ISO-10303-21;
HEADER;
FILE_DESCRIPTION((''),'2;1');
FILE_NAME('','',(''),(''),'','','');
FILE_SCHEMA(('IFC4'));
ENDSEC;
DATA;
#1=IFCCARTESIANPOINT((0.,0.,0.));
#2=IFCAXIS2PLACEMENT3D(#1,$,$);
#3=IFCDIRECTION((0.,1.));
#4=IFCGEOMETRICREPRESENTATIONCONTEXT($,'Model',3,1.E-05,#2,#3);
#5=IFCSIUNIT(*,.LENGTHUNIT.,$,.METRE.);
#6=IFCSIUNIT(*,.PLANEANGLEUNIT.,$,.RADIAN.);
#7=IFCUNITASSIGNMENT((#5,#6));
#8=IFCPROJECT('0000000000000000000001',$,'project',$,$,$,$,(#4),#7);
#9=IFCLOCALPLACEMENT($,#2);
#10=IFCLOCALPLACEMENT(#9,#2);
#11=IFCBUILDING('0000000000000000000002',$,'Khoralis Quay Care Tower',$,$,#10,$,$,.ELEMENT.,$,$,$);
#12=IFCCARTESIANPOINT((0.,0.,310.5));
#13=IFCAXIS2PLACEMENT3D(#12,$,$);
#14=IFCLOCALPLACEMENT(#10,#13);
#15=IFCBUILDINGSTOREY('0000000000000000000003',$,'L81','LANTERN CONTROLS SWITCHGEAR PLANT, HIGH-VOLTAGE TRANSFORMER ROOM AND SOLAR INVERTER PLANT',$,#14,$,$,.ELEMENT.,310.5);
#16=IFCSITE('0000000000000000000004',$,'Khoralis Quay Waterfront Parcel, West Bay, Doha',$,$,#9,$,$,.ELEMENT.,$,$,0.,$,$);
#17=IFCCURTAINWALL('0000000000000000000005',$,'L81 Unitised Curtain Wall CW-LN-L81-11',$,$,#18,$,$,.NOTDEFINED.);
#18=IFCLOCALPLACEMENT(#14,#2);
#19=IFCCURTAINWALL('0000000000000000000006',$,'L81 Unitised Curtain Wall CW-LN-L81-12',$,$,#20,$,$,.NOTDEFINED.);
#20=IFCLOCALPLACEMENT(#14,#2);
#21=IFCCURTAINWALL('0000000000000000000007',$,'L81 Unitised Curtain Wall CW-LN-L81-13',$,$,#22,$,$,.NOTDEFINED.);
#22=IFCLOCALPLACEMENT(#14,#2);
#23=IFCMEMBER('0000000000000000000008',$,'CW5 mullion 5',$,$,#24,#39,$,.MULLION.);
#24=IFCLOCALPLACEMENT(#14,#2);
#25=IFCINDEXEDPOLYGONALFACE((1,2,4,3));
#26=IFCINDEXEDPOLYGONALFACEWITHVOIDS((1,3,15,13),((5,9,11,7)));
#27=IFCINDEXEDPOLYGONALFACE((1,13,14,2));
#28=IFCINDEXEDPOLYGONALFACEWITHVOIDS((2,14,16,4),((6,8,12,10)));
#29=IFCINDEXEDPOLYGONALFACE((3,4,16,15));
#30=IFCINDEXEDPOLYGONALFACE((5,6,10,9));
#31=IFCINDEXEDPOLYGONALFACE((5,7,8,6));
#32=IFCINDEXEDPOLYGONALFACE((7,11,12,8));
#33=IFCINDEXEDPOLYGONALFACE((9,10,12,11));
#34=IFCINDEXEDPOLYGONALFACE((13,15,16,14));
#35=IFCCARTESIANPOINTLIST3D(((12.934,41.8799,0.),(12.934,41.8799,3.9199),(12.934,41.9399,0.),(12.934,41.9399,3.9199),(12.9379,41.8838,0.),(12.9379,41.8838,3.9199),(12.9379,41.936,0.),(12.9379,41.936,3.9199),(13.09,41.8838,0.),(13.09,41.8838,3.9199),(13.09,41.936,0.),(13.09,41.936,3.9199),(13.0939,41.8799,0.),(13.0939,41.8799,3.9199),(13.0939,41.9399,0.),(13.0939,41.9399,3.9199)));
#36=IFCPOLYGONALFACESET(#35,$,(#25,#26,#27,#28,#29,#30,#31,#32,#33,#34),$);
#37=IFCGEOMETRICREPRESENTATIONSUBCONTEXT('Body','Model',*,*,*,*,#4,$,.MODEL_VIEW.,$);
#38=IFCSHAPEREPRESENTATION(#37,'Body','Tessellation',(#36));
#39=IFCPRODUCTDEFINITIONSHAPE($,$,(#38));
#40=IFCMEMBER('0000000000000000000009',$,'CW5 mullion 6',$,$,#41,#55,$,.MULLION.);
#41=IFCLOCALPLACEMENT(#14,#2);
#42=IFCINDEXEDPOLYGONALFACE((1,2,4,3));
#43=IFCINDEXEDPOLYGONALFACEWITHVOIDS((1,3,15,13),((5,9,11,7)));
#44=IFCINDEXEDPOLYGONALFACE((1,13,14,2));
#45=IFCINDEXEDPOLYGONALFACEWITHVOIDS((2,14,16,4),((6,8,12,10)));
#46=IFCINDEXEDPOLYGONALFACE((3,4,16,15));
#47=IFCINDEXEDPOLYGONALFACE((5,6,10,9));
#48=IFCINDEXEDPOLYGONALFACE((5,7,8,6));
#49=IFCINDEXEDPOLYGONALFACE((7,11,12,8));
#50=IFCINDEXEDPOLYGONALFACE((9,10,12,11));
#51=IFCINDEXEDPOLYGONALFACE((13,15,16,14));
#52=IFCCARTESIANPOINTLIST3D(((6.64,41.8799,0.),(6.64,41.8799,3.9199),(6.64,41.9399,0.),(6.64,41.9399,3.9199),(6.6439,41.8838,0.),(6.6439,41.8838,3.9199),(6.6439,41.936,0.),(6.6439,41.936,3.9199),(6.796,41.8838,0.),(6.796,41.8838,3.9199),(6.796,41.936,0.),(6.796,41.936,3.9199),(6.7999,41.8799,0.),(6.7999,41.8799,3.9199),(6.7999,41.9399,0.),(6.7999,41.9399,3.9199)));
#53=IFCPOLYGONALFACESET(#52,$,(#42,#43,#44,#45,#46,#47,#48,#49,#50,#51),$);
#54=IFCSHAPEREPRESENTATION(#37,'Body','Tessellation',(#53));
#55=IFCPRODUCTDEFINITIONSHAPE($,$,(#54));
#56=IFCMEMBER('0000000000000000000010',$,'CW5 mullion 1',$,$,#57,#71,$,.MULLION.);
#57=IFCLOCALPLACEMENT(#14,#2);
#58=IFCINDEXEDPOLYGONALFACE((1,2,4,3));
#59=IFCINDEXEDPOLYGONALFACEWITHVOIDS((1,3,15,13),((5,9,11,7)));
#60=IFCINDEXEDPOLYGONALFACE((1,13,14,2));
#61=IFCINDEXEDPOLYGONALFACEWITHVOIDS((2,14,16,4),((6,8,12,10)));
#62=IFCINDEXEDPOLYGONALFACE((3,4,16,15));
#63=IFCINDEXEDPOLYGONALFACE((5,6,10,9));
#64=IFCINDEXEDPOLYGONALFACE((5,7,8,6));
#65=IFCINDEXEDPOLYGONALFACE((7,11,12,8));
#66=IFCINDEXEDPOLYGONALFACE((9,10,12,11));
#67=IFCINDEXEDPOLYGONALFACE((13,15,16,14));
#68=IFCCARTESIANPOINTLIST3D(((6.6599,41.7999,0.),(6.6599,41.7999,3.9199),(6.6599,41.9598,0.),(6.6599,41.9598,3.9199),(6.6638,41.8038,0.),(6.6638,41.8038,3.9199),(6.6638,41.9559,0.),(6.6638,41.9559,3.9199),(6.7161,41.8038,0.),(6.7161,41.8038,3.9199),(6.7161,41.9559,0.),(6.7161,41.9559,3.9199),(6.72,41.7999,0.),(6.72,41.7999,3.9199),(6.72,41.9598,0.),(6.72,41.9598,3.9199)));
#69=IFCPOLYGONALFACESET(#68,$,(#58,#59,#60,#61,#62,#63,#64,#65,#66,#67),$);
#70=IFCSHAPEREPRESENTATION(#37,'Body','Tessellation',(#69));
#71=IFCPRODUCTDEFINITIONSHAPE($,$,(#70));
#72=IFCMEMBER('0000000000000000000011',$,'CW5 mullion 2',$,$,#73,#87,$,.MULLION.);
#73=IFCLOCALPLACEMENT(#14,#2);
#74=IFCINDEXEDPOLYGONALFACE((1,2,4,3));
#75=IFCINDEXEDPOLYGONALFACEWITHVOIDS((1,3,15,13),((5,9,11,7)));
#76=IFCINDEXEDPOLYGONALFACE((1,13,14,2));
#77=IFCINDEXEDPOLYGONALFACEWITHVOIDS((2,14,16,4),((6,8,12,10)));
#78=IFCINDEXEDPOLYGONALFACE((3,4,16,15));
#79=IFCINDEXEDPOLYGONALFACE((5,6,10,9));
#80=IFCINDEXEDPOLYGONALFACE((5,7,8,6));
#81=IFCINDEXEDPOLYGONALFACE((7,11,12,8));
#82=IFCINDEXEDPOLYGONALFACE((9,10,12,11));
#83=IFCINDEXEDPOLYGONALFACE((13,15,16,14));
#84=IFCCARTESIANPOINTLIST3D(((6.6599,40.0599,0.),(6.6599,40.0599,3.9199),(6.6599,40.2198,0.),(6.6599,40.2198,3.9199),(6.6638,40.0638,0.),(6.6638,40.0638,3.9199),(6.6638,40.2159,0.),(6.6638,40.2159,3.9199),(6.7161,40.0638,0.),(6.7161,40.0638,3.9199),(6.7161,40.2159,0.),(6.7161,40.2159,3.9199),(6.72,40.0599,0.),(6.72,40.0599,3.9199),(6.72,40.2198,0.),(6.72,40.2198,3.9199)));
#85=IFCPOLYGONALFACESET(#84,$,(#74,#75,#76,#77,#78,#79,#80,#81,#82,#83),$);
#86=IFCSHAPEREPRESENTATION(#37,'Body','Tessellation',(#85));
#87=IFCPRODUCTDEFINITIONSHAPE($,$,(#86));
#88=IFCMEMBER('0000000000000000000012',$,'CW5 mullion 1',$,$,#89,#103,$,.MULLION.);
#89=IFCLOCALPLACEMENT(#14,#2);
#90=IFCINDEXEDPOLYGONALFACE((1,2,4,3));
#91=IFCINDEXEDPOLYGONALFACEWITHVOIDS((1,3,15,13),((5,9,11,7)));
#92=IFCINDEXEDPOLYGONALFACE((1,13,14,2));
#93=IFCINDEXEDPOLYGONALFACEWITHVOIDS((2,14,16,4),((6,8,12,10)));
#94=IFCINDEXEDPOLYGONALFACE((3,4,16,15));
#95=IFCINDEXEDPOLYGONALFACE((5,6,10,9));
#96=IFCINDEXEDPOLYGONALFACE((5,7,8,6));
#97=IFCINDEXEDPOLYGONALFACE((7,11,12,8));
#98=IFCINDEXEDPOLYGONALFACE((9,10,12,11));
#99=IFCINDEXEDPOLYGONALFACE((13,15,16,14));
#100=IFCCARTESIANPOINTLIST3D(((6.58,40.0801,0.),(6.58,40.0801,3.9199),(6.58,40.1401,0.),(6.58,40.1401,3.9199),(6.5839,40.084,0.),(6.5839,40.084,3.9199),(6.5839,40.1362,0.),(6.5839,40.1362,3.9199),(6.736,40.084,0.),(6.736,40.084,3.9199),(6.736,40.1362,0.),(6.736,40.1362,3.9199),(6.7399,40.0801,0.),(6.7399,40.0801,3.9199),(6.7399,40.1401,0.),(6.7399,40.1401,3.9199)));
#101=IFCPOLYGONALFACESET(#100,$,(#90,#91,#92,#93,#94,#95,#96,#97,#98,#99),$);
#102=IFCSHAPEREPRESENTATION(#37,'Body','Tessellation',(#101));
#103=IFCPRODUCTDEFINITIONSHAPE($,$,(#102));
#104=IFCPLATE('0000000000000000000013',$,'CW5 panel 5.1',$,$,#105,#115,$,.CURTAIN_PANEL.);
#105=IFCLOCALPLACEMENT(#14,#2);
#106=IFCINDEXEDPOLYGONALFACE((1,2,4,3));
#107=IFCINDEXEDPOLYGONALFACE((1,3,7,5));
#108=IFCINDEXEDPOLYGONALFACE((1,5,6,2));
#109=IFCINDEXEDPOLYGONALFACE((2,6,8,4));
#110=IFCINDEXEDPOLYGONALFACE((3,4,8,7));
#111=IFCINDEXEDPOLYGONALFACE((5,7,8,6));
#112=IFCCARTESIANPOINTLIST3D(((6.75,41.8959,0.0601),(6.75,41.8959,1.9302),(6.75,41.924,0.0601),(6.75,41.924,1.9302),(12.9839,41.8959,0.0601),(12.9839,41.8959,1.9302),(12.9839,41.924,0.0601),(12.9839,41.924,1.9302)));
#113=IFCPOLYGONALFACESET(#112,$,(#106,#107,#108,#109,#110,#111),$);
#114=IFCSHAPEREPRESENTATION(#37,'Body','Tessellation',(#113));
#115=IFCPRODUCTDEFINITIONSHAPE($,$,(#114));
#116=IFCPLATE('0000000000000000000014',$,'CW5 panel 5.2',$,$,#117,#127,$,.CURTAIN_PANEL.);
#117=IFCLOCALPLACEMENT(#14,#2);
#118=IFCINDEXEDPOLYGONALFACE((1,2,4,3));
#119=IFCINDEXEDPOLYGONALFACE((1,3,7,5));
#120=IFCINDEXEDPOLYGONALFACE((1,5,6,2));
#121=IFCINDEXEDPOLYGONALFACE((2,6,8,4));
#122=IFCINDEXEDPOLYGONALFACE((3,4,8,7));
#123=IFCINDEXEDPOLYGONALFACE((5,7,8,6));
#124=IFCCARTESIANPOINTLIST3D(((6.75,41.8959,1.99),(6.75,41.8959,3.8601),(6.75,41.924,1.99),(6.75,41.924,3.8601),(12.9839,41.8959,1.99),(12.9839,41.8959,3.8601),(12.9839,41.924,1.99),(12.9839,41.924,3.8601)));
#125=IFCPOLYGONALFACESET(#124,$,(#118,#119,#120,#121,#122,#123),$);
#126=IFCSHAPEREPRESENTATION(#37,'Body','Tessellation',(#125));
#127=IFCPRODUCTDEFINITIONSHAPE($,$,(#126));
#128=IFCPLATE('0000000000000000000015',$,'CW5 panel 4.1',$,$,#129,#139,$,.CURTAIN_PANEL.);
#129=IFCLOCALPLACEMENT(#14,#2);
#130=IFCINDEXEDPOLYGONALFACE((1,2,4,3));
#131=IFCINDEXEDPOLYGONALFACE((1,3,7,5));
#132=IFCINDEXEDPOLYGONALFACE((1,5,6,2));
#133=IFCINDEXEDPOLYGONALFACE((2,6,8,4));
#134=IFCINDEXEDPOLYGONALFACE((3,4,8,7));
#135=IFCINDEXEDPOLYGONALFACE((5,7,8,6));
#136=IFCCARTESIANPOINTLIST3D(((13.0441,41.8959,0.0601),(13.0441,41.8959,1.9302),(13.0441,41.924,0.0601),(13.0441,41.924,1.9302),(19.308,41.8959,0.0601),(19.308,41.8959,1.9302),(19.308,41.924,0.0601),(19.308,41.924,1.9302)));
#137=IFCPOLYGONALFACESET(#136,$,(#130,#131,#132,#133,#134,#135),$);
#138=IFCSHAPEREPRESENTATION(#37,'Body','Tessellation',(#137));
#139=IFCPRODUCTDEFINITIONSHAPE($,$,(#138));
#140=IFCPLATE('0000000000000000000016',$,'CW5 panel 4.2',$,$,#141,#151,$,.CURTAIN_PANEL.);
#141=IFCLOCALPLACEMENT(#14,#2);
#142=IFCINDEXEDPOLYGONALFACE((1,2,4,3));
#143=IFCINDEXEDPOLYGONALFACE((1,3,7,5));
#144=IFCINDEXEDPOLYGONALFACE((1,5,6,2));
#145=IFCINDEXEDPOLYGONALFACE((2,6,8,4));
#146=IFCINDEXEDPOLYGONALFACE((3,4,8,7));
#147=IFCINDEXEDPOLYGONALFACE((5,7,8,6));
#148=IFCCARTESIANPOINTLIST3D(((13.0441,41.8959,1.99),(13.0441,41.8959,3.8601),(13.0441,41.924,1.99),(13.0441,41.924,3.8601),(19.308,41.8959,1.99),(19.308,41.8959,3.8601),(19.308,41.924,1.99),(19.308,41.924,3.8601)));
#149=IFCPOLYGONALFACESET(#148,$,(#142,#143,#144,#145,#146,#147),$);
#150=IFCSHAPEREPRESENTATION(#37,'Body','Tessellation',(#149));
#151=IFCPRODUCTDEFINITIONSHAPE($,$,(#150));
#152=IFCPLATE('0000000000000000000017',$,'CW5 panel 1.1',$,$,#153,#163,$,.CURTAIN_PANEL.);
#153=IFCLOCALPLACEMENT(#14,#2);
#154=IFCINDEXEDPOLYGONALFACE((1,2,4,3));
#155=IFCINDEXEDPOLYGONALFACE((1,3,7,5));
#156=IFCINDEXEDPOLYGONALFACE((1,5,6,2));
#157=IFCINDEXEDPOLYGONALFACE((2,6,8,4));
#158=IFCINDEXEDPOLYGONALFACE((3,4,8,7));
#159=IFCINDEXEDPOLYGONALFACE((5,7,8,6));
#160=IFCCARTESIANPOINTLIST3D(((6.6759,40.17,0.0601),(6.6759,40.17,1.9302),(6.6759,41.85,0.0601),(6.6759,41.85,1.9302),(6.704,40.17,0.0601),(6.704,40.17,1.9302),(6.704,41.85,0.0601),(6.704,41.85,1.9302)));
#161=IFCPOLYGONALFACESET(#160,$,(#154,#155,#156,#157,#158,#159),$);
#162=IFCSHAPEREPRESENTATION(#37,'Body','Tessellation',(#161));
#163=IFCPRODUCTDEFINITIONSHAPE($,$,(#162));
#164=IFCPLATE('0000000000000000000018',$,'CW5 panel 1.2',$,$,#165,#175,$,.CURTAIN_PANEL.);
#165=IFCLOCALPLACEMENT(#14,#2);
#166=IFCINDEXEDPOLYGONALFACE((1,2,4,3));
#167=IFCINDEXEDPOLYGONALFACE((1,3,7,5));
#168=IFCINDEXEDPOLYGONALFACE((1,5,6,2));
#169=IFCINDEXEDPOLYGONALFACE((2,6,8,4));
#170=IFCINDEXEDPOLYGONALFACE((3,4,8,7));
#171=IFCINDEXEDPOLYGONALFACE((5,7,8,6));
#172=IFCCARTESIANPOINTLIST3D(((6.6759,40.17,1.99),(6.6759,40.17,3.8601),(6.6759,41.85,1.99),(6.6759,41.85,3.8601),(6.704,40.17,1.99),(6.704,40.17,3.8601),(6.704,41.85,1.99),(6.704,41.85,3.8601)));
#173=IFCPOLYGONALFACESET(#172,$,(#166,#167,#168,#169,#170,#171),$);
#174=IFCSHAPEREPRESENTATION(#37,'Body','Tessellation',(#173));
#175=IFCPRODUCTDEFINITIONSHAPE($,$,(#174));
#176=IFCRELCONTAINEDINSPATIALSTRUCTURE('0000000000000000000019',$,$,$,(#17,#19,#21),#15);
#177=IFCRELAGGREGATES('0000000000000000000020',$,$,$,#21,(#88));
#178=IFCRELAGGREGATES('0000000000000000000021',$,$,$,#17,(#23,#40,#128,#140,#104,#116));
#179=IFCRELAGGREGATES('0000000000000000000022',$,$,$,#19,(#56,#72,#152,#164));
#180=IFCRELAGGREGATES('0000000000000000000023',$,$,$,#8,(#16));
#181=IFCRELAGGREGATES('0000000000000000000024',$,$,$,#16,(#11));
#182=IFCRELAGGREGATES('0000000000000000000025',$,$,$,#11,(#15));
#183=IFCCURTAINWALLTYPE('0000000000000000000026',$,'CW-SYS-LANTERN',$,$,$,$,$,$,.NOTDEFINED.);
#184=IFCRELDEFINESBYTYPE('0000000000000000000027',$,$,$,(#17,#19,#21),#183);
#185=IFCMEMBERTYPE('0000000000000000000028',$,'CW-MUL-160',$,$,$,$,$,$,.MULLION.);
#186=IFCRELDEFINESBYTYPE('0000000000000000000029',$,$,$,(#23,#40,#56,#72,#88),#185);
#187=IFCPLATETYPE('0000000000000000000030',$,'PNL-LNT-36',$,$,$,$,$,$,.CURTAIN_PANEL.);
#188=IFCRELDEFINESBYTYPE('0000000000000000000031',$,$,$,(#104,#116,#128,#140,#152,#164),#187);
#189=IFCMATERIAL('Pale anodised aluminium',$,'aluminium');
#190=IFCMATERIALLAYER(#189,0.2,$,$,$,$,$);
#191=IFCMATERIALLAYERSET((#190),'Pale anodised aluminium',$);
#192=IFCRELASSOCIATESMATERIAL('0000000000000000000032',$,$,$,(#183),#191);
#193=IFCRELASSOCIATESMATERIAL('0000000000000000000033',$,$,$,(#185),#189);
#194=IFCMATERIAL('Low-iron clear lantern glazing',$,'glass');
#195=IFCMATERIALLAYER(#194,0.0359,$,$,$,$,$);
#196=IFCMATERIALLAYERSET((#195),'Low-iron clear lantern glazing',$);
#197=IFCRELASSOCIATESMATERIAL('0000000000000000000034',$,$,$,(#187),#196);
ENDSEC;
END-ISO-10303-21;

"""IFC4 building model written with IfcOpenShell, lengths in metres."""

from ifc_helpers import new_model, si_unit, direction, frame, origin, origin_2d, place, context, subcontext, project, spatial, rectangle, hollow_rectangle, extrude, source, transform, mapped, material, layer, layer_set, material_profile, profile_set, type_object, element, aggregate, save


model = new_model("IFC4")

# Units and contexts
model_context = context("Model", 3, precision=1e-05, world=origin(), true_north=direction((0.0, 1.0)))
body_context = subcontext(model_context, "Body", "Model", "MODEL_VIEW")
ifc_project = project(units=[si_unit("LENGTHUNIT", "METRE"), si_unit("PLANEANGLEUNIT", "RADIAN")], contexts=[model_context])

# Site, building, storey
site_placement = place(None, origin())
site = spatial("IfcSite", under=ifc_project, at=site_placement, Name="Khoralis Quay Waterfront Parcel, West Bay, Doha", CompositionType="ELEMENT", RefElevation=0.0)
building_placement = place(site_placement, origin())
building = spatial("IfcBuilding", under=site, at=building_placement, Name="Khoralis Quay Care Tower", CompositionType="ELEMENT")
storey_placement = place(building_placement, frame((0.0, 0.0, 310.5)))
storey = spatial("IfcBuildingStorey", under=building, at=storey_placement, Name="L81", Description="LANTERN CONTROLS SWITCHGEAR PLANT, HIGH-VOLTAGE TRANSFORMER ROOM AND SOLAR INVERTER PLANT", CompositionType="ELEMENT", Elevation=310.5)

# Curtain walls
ifc_material_1 = material(Name="Pale anodised aluminium", Category="aluminium")
ifc_layer_1 = layer(ifc_material_1, 0.2)
ifc_layer_set_1 = layer_set([ifc_layer_1], Name="Pale anodised aluminium")
curtain_wall_type = type_object("IfcCurtainWallType", Name="CW-SYS-LANTERN", PredefinedType="NOTDEFINED", material=ifc_layer_set_1)
curtain_wall_1_placement = place(storey_placement, origin())
curtain_wall_1 = element("IfcCurtainWall", 1, at=curtain_wall_1_placement, inside=storey, type_object=curtain_wall_type, Name="L81 Unitised Curtain Wall CW-LN-L81-11", PredefinedType="NOTDEFINED")
curtain_wall_2_placement = place(storey_placement, origin())
curtain_wall_2 = element("IfcCurtainWall", 2, at=curtain_wall_2_placement, inside=storey, type_object=curtain_wall_type, Name="L81 Unitised Curtain Wall CW-LN-L81-12", PredefinedType="NOTDEFINED")

# Curtain wall
curtain_wall_3_placement = place(storey_placement, origin())
curtain_wall_3 = element("IfcCurtainWall", 3, at=curtain_wall_3_placement, inside=storey, type_object=curtain_wall_type, Name="L81 Unitised Curtain Wall CW-LN-L81-13", PredefinedType="NOTDEFINED")

# Members
ifc_material_profile_1 = material_profile(ifc_material_1, hollow_rectangle(XDim=0.0601, YDim=0.1599, WallThickness=0.0039, at=origin_2d()), Name="Pale anodised aluminium")
ifc_profile_set_1 = profile_set([ifc_material_profile_1], Name="Pale anodised aluminium")
member_type_1 = type_object("IfcMemberType", Name="CW-MUL-160", PredefinedType="MULLION", material=ifc_profile_set_1)
shared_shape_1 = source(origin(), body_context, "Body", "SweptSolid", [
    extrude(hollow_rectangle(XDim=0.0601, YDim=0.1599, WallThickness=0.0039, at=origin_2d()), origin(), (0.0, 0.0, 1.0), 3.9199),
])
member_1_placement = place(storey_placement, frame((13.0139, 41.9099, 0.0), z_axis=(0.0, 0.0, 1.0), x_axis=(0.0, -1.0, 0.0)))
member_1 = element("IfcMember", 4, at=member_1_placement, type_object=member_type_1, Name="CW5 mullion 5", PredefinedType="MULLION", context=body_context, shape_type="MappedRepresentation", body=[
    mapped(shared_shape_1, transform((0.0, 0.0, 0.0), scale=1.0)),
])
member_2_placement = place(storey_placement, frame((6.72, 41.9099, 0.0), z_axis=(0.0, 0.0, 1.0), x_axis=(0.0, -1.0, 0.0)))
member_2 = element("IfcMember", 5, at=member_2_placement, type_object=member_type_1, Name="CW5 mullion 6", PredefinedType="MULLION", context=body_context, shape_type="MappedRepresentation", body=[
    mapped(shared_shape_1, transform((0.0, 0.0, 0.0), scale=1.0)),
])
member_3_placement = place(storey_placement, frame((6.6899, 41.8799, 0.0), z_axis=(0.0, 0.0, 1.0), x_axis=(1.0, 0.0, 0.0)))
member_3 = element("IfcMember", 6, at=member_3_placement, type_object=member_type_1, Name="CW5 mullion 1", PredefinedType="MULLION", context=body_context, shape_type="MappedRepresentation", body=[
    mapped(shared_shape_1, transform((0.0, 0.0, 0.0), scale=1.0)),
])
member_4_placement = place(storey_placement, frame((6.6899, 40.1399, 0.0), z_axis=(0.0, 0.0, 1.0), x_axis=(1.0, 0.0, 0.0)))
member_4 = element("IfcMember", 7, at=member_4_placement, type_object=member_type_1, Name="CW5 mullion 2", PredefinedType="MULLION", context=body_context, shape_type="MappedRepresentation", body=[
    mapped(shared_shape_1, transform((0.0, 0.0, 0.0), scale=1.0)),
])
member_5_placement = place(storey_placement, frame((6.6599, 40.1101, 0.0), z_axis=(0.0, 0.0, 1.0), x_axis=(0.0, -1.0, 0.0)))
member_5 = element("IfcMember", 8, at=member_5_placement, type_object=member_type_1, Name="CW5 mullion 1", PredefinedType="MULLION", context=body_context, shape_type="MappedRepresentation", body=[
    mapped(shared_shape_1, transform((0.0, 0.0, 0.0), scale=1.0)),
])
aggregate(curtain_wall_3, [member_5])

# Plates
ifc_material_2 = material(Name="Low-iron clear lantern glazing", Category="glass")
ifc_layer_2 = layer(ifc_material_2, 0.0359)
ifc_layer_set_2 = layer_set([ifc_layer_2], Name="Low-iron clear lantern glazing")
plate_type = type_object("IfcPlateType", Name="PNL-LNT-36", PredefinedType="CURTAIN_PANEL", material=ifc_layer_set_2)
shared_shape_2 = source(origin(), body_context, "Body", "SweptSolid", [
    extrude(rectangle(XDim=6.2339, YDim=0.0281, at=origin_2d()), origin(), (0.0, 0.0, 1.0), 1.8701),
])
plate_1_placement = place(storey_placement, frame((9.8669, 41.9099, 0.0601), z_axis=(0.0, 0.0, 1.0), x_axis=(-1.0, 0.0, 0.0)))
plate_1 = element("IfcPlate", 9, at=plate_1_placement, type_object=plate_type, Name="CW5 panel 5.1", PredefinedType="CURTAIN_PANEL", context=body_context, shape_type="MappedRepresentation", body=[
    mapped(shared_shape_2, transform((0.0, 0.0, 0.0), scale=1.0)),
])
plate_2_placement = place(storey_placement, frame((9.8669, 41.9099, 1.99), z_axis=(0.0, 0.0, 1.0), x_axis=(-1.0, 0.0, 0.0)))
plate_2 = element("IfcPlate", 10, at=plate_2_placement, type_object=plate_type, Name="CW5 panel 5.2", PredefinedType="CURTAIN_PANEL", context=body_context, shape_type="MappedRepresentation", body=[
    mapped(shared_shape_2, transform((0.0, 0.0, 0.0), scale=1.0)),
])
shared_shape_3 = source(origin(), body_context, "Body", "SweptSolid", [
    extrude(rectangle(XDim=6.2639, YDim=0.0281, at=origin_2d()), origin(), (0.0, 0.0, 1.0), 1.8701),
])
plate_3_placement = place(storey_placement, frame((16.176, 41.9099, 0.0601), z_axis=(0.0, 0.0, 1.0), x_axis=(-1.0, 0.0, 0.0)))
plate_3 = element("IfcPlate", 11, at=plate_3_placement, type_object=plate_type, Name="CW5 panel 4.1", PredefinedType="CURTAIN_PANEL", context=body_context, shape_type="MappedRepresentation", body=[
    mapped(shared_shape_3, transform((0.0, 0.0, 0.0), scale=1.0)),
])
plate_4_placement = place(storey_placement, frame((16.176, 41.9099, 1.99), z_axis=(0.0, 0.0, 1.0), x_axis=(-1.0, 0.0, 0.0)))
plate_4 = element("IfcPlate", 12, at=plate_4_placement, type_object=plate_type, Name="CW5 panel 4.2", PredefinedType="CURTAIN_PANEL", context=body_context, shape_type="MappedRepresentation", body=[
    mapped(shared_shape_3, transform((0.0, 0.0, 0.0), scale=1.0)),
])
aggregate(curtain_wall_1, [member_1, member_2, plate_3, plate_4, plate_1, plate_2])
shared_shape_4 = source(origin(), body_context, "Body", "SweptSolid", [
    extrude(rectangle(XDim=1.6799, YDim=0.0281, at=origin_2d()), origin(), (0.0, 0.0, 1.0), 1.8701),
])
plate_5_placement = place(storey_placement, frame((6.6899, 41.01, 0.0601), z_axis=(0.0, 0.0, 1.0), x_axis=(0.0, -1.0, 0.0)))
plate_5 = element("IfcPlate", 13, at=plate_5_placement, type_object=plate_type, Name="CW5 panel 1.1", PredefinedType="CURTAIN_PANEL", context=body_context, shape_type="MappedRepresentation", body=[
    mapped(shared_shape_4, transform((0.0, 0.0, 0.0), scale=1.0)),
])
plate_6_placement = place(storey_placement, frame((6.6899, 41.01, 1.99), z_axis=(0.0, 0.0, 1.0), x_axis=(0.0, -1.0, 0.0)))
plate_6 = element("IfcPlate", 14, at=plate_6_placement, type_object=plate_type, Name="CW5 panel 1.2", PredefinedType="CURTAIN_PANEL", context=body_context, shape_type="MappedRepresentation", body=[
    mapped(shared_shape_4, transform((0.0, 0.0, 0.0), scale=1.0)),
])
aggregate(curtain_wall_2, [member_3, member_4, plate_5, plate_6])

save(model, "model.ifc")
